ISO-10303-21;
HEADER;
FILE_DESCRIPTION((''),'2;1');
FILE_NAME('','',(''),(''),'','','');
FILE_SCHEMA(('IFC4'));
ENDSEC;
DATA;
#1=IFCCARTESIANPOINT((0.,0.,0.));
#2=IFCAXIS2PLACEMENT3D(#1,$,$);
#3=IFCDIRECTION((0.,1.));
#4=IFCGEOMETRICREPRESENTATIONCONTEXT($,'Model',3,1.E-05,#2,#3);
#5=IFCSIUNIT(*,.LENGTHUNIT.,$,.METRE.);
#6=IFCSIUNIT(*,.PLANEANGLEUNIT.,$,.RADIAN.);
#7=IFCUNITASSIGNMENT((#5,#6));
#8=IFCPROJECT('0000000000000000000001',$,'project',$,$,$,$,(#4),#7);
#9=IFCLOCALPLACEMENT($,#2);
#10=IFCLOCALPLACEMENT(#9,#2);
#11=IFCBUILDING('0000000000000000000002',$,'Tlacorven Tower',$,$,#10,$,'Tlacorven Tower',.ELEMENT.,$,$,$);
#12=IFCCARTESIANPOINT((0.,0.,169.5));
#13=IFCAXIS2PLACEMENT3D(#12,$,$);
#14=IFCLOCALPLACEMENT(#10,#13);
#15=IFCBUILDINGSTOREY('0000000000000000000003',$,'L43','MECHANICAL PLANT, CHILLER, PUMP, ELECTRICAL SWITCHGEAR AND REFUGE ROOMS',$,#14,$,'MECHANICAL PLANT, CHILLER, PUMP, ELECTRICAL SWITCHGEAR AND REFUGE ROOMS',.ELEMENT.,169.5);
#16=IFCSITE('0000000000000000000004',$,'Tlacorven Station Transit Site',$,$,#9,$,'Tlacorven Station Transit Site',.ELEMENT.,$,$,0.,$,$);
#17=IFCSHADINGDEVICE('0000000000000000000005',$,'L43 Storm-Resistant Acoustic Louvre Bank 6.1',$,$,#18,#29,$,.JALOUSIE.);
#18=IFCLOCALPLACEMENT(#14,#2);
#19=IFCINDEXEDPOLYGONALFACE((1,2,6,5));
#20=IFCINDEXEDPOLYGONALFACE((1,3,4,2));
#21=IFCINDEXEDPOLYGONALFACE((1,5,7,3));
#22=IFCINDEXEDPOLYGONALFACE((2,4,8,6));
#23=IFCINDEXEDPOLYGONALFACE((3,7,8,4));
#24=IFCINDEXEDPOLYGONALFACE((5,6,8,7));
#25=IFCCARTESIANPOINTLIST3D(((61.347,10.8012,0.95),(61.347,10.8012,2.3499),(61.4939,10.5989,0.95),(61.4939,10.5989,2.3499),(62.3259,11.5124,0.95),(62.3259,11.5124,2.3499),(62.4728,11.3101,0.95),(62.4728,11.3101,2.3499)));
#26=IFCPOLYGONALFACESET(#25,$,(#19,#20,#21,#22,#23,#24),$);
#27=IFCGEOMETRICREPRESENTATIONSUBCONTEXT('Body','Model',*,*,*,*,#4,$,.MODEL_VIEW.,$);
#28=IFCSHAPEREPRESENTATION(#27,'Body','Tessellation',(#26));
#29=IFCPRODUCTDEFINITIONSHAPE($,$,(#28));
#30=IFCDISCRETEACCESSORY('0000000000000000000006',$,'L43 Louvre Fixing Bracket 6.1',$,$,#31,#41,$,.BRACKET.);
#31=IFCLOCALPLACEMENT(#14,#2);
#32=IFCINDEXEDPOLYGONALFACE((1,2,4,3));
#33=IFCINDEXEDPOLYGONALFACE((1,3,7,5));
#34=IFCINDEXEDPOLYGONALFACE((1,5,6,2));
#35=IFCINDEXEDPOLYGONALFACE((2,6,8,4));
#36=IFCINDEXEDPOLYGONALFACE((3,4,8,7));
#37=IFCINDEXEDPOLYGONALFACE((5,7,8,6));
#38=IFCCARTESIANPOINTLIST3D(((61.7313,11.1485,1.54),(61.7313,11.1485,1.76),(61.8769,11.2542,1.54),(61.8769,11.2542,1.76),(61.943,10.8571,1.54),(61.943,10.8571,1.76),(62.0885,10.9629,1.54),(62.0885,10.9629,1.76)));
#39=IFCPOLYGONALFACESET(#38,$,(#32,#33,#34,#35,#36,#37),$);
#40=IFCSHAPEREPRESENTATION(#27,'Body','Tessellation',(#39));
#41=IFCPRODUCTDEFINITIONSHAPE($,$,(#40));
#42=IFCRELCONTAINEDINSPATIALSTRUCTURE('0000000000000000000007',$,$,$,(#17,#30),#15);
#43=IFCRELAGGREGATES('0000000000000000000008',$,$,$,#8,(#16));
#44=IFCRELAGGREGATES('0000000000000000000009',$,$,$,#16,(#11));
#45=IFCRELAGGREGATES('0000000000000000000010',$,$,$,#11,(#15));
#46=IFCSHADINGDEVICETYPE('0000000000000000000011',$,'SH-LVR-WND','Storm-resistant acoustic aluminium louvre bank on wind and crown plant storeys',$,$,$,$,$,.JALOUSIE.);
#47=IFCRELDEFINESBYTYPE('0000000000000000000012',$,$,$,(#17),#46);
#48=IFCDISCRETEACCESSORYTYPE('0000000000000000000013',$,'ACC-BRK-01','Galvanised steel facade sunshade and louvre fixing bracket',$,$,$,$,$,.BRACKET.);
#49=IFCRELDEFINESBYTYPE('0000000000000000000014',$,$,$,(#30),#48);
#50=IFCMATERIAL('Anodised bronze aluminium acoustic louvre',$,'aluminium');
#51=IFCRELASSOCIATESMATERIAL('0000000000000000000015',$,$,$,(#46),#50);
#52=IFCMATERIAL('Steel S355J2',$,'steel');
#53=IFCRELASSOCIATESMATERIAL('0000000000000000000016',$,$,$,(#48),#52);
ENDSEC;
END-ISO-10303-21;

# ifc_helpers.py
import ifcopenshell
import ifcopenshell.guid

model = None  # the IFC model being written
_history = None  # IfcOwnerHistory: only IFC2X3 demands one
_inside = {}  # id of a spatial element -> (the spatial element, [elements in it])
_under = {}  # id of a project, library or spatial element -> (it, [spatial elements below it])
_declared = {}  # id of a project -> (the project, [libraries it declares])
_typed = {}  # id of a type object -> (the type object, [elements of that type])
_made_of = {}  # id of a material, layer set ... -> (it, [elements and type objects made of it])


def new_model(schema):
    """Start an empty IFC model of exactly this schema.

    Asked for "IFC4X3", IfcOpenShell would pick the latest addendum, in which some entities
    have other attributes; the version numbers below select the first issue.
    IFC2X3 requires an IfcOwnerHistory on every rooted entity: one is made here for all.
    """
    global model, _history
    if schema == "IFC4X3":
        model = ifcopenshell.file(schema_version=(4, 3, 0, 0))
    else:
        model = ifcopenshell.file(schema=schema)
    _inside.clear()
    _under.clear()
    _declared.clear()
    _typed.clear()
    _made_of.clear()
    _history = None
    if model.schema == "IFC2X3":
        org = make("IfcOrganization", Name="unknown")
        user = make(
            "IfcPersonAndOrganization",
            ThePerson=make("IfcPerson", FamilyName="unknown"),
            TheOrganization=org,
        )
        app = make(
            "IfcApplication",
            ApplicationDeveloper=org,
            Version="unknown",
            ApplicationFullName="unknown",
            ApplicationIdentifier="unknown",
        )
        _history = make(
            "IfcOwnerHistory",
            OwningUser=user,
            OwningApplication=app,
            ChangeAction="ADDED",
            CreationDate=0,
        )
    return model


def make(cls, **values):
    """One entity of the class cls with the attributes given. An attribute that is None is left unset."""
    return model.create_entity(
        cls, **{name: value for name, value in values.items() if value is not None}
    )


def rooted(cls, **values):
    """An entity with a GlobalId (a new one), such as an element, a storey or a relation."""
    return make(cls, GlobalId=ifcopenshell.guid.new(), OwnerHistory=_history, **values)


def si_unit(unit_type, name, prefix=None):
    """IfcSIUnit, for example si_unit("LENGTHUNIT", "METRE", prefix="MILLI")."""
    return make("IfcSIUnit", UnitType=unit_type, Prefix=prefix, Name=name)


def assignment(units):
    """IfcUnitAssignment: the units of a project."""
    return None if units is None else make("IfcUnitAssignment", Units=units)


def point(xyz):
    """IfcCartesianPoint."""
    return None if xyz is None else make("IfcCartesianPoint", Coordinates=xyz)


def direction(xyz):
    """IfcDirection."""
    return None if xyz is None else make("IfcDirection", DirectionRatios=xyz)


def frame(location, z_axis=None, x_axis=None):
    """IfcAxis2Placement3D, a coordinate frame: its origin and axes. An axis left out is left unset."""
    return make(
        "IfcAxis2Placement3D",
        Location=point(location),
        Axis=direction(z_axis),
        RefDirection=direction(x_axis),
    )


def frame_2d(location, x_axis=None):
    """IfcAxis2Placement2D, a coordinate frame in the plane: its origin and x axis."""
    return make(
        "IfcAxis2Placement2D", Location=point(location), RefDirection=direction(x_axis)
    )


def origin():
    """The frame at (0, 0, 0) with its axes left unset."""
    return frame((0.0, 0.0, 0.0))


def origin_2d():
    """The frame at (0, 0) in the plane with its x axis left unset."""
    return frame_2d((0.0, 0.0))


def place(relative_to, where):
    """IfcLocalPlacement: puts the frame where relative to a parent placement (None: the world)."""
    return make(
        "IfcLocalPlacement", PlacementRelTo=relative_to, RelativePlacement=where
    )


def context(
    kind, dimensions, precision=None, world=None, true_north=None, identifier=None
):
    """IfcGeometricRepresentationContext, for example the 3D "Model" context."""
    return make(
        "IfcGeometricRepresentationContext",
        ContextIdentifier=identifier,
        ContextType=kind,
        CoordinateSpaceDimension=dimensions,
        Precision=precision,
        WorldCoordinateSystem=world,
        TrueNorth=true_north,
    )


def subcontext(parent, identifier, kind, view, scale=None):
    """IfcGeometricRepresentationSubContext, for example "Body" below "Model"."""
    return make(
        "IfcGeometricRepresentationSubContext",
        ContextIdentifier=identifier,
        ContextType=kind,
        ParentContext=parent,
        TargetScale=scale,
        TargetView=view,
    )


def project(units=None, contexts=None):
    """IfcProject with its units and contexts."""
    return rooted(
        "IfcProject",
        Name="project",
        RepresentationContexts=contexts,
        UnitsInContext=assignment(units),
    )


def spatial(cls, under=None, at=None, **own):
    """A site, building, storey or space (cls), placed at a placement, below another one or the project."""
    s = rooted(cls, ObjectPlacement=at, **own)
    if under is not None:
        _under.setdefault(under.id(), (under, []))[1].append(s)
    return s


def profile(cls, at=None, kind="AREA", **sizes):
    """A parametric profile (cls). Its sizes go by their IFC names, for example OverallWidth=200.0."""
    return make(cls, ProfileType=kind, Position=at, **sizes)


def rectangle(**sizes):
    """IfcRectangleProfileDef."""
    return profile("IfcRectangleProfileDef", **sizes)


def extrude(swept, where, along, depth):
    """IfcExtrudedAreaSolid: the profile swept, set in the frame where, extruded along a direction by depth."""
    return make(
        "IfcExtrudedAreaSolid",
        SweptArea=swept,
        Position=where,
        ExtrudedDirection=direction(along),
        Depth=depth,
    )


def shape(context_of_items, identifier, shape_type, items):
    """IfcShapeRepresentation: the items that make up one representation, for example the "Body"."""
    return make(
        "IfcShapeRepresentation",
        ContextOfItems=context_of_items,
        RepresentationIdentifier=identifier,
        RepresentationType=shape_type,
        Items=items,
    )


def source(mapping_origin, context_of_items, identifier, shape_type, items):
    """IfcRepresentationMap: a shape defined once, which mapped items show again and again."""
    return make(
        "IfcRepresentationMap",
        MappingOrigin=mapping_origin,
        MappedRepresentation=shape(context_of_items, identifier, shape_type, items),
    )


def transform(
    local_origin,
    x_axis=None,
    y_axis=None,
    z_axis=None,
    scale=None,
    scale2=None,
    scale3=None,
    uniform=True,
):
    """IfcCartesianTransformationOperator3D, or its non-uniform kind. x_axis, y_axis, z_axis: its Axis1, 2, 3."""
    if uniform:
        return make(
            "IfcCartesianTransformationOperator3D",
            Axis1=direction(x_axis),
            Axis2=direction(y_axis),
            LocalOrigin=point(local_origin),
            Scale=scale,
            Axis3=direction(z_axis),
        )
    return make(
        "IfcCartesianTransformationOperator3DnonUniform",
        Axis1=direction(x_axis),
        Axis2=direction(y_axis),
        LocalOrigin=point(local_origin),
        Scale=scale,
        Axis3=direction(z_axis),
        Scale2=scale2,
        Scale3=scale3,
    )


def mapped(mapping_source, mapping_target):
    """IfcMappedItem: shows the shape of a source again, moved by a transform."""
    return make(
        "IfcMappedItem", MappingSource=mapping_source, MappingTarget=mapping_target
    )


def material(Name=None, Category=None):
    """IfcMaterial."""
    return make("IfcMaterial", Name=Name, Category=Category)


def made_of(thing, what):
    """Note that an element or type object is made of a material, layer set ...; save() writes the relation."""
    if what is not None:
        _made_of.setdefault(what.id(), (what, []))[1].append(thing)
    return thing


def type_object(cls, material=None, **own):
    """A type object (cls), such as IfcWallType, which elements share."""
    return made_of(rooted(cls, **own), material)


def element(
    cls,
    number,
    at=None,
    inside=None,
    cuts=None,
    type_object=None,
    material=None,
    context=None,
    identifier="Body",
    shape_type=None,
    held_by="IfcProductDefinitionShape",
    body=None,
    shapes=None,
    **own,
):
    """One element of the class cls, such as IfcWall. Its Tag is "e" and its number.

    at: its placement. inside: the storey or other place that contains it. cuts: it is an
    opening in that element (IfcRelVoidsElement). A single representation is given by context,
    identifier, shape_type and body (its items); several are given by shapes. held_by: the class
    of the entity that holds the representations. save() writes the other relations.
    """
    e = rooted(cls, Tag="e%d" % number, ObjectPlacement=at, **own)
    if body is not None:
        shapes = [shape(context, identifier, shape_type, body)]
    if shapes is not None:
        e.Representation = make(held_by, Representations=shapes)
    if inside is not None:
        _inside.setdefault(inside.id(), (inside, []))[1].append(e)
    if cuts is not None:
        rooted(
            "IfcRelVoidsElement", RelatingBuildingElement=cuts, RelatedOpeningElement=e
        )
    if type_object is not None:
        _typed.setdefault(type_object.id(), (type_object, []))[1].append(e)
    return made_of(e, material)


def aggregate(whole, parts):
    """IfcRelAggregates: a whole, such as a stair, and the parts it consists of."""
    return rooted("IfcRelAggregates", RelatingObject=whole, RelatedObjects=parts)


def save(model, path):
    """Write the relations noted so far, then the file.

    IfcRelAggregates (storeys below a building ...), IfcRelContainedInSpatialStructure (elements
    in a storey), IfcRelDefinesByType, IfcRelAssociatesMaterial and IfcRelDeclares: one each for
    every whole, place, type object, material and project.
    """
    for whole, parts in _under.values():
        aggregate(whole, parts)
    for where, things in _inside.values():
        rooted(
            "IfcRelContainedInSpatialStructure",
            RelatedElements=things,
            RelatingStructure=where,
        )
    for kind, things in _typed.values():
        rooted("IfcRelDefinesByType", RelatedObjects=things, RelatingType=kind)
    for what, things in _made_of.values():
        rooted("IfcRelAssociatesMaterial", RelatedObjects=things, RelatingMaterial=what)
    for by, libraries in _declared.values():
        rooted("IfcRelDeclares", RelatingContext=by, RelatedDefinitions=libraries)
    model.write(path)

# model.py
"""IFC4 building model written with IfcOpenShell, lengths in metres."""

from ifc_helpers import new_model, si_unit, direction, frame, origin, origin_2d, place, context, subcontext, project, spatial, rectangle, extrude, source, transform, mapped, material, type_object, element, save


model = new_model("IFC4")

# Units and contexts
model_context = context("Model", 3, precision=1e-05, world=origin(), true_north=direction((0.0, 1.0)))
body_context = subcontext(model_context, "Body", "Model", "MODEL_VIEW")
ifc_project = project(units=[si_unit("LENGTHUNIT", "METRE"), si_unit("PLANEANGLEUNIT", "RADIAN")], contexts=[model_context])

# Site, building, storey
site_placement = place(None, origin())
site = spatial("IfcSite", under=ifc_project, at=site_placement, Name="Tlacorven Station Transit Site", LongName="Tlacorven Station Transit Site", CompositionType="ELEMENT", RefElevation=0.0)
building_placement = place(site_placement, origin())
building = spatial("IfcBuilding", under=site, at=building_placement, Name="Tlacorven Tower", LongName="Tlacorven Tower", CompositionType="ELEMENT")
storey_placement = place(building_placement, frame((0.0, 0.0, 169.5)))
storey = spatial("IfcBuildingStorey", under=building, at=storey_placement, Name="L43", Description="MECHANICAL PLANT, CHILLER, PUMP, ELECTRICAL SWITCHGEAR AND REFUGE ROOMS", LongName="MECHANICAL PLANT, CHILLER, PUMP, ELECTRICAL SWITCHGEAR AND REFUGE ROOMS", CompositionType="ELEMENT", Elevation=169.5)

# Shared definitions
ifc_material_1 = material(Name="Steel S355J2", Category="steel")

# Shading device
ifc_material_2 = material(Name="Anodised bronze aluminium acoustic louvre", Category="aluminium")
shading_device_type = type_object("IfcShadingDeviceType", Name="SH-LVR-WND", Description="Storm-resistant acoustic aluminium louvre bank on wind and crown plant storeys", PredefinedType="JALOUSIE", material=ifc_material_2)
shared_shape_1 = source(origin(), body_context, "Body", "SweptSolid", [
    extrude(rectangle(XDim=1.21, YDim=0.25, at=origin_2d()), origin(), (0.0, 0.0, 1.0), 1.3999),
])
shading_device_placement = place(storey_placement, frame((61.9099, 11.0557, 0.95), z_axis=(0.0, 0.0, 1.0), x_axis=(-0.809017, -0.587785, 0.0)))
element("IfcShadingDevice", 1, at=shading_device_placement, inside=storey, type_object=shading_device_type, Name="L43 Storm-Resistant Acoustic Louvre Bank 6.1", PredefinedType="JALOUSIE", context=body_context, shape_type="MappedRepresentation", body=[
    mapped(shared_shape_1, transform((0.0, 0.0, 0.0), scale=1.0)),
])

# Discrete accessory
discrete_accessory_type = type_object("IfcDiscreteAccessoryType", Name="ACC-BRK-01", Description="Galvanised steel facade sunshade and louvre fixing bracket", PredefinedType="BRACKET", material=ifc_material_1)
shared_shape_2 = source(origin(), body_context, "Body", "SweptSolid", [
    extrude(rectangle(XDim=0.1799, YDim=0.3601, at=origin_2d()), origin(), (0.0, 0.0, 1.0), 0.22),
])
discrete_accessory_placement = place(storey_placement, frame((61.9099, 11.0557, 1.54), z_axis=(0.0, 0.0, 1.0), x_axis=(-0.809017, -0.587785, 0.0)))
element("IfcDiscreteAccessory", 2, at=discrete_accessory_placement, inside=storey, type_object=discrete_accessory_type, Name="L43 Louvre Fixing Bracket 6.1", PredefinedType="BRACKET", context=body_context, shape_type="MappedRepresentation", body=[
    mapped(shared_shape_2, transform((0.0, 0.0, 0.0), scale=1.0)),
])

save(model, "model.ifc")
